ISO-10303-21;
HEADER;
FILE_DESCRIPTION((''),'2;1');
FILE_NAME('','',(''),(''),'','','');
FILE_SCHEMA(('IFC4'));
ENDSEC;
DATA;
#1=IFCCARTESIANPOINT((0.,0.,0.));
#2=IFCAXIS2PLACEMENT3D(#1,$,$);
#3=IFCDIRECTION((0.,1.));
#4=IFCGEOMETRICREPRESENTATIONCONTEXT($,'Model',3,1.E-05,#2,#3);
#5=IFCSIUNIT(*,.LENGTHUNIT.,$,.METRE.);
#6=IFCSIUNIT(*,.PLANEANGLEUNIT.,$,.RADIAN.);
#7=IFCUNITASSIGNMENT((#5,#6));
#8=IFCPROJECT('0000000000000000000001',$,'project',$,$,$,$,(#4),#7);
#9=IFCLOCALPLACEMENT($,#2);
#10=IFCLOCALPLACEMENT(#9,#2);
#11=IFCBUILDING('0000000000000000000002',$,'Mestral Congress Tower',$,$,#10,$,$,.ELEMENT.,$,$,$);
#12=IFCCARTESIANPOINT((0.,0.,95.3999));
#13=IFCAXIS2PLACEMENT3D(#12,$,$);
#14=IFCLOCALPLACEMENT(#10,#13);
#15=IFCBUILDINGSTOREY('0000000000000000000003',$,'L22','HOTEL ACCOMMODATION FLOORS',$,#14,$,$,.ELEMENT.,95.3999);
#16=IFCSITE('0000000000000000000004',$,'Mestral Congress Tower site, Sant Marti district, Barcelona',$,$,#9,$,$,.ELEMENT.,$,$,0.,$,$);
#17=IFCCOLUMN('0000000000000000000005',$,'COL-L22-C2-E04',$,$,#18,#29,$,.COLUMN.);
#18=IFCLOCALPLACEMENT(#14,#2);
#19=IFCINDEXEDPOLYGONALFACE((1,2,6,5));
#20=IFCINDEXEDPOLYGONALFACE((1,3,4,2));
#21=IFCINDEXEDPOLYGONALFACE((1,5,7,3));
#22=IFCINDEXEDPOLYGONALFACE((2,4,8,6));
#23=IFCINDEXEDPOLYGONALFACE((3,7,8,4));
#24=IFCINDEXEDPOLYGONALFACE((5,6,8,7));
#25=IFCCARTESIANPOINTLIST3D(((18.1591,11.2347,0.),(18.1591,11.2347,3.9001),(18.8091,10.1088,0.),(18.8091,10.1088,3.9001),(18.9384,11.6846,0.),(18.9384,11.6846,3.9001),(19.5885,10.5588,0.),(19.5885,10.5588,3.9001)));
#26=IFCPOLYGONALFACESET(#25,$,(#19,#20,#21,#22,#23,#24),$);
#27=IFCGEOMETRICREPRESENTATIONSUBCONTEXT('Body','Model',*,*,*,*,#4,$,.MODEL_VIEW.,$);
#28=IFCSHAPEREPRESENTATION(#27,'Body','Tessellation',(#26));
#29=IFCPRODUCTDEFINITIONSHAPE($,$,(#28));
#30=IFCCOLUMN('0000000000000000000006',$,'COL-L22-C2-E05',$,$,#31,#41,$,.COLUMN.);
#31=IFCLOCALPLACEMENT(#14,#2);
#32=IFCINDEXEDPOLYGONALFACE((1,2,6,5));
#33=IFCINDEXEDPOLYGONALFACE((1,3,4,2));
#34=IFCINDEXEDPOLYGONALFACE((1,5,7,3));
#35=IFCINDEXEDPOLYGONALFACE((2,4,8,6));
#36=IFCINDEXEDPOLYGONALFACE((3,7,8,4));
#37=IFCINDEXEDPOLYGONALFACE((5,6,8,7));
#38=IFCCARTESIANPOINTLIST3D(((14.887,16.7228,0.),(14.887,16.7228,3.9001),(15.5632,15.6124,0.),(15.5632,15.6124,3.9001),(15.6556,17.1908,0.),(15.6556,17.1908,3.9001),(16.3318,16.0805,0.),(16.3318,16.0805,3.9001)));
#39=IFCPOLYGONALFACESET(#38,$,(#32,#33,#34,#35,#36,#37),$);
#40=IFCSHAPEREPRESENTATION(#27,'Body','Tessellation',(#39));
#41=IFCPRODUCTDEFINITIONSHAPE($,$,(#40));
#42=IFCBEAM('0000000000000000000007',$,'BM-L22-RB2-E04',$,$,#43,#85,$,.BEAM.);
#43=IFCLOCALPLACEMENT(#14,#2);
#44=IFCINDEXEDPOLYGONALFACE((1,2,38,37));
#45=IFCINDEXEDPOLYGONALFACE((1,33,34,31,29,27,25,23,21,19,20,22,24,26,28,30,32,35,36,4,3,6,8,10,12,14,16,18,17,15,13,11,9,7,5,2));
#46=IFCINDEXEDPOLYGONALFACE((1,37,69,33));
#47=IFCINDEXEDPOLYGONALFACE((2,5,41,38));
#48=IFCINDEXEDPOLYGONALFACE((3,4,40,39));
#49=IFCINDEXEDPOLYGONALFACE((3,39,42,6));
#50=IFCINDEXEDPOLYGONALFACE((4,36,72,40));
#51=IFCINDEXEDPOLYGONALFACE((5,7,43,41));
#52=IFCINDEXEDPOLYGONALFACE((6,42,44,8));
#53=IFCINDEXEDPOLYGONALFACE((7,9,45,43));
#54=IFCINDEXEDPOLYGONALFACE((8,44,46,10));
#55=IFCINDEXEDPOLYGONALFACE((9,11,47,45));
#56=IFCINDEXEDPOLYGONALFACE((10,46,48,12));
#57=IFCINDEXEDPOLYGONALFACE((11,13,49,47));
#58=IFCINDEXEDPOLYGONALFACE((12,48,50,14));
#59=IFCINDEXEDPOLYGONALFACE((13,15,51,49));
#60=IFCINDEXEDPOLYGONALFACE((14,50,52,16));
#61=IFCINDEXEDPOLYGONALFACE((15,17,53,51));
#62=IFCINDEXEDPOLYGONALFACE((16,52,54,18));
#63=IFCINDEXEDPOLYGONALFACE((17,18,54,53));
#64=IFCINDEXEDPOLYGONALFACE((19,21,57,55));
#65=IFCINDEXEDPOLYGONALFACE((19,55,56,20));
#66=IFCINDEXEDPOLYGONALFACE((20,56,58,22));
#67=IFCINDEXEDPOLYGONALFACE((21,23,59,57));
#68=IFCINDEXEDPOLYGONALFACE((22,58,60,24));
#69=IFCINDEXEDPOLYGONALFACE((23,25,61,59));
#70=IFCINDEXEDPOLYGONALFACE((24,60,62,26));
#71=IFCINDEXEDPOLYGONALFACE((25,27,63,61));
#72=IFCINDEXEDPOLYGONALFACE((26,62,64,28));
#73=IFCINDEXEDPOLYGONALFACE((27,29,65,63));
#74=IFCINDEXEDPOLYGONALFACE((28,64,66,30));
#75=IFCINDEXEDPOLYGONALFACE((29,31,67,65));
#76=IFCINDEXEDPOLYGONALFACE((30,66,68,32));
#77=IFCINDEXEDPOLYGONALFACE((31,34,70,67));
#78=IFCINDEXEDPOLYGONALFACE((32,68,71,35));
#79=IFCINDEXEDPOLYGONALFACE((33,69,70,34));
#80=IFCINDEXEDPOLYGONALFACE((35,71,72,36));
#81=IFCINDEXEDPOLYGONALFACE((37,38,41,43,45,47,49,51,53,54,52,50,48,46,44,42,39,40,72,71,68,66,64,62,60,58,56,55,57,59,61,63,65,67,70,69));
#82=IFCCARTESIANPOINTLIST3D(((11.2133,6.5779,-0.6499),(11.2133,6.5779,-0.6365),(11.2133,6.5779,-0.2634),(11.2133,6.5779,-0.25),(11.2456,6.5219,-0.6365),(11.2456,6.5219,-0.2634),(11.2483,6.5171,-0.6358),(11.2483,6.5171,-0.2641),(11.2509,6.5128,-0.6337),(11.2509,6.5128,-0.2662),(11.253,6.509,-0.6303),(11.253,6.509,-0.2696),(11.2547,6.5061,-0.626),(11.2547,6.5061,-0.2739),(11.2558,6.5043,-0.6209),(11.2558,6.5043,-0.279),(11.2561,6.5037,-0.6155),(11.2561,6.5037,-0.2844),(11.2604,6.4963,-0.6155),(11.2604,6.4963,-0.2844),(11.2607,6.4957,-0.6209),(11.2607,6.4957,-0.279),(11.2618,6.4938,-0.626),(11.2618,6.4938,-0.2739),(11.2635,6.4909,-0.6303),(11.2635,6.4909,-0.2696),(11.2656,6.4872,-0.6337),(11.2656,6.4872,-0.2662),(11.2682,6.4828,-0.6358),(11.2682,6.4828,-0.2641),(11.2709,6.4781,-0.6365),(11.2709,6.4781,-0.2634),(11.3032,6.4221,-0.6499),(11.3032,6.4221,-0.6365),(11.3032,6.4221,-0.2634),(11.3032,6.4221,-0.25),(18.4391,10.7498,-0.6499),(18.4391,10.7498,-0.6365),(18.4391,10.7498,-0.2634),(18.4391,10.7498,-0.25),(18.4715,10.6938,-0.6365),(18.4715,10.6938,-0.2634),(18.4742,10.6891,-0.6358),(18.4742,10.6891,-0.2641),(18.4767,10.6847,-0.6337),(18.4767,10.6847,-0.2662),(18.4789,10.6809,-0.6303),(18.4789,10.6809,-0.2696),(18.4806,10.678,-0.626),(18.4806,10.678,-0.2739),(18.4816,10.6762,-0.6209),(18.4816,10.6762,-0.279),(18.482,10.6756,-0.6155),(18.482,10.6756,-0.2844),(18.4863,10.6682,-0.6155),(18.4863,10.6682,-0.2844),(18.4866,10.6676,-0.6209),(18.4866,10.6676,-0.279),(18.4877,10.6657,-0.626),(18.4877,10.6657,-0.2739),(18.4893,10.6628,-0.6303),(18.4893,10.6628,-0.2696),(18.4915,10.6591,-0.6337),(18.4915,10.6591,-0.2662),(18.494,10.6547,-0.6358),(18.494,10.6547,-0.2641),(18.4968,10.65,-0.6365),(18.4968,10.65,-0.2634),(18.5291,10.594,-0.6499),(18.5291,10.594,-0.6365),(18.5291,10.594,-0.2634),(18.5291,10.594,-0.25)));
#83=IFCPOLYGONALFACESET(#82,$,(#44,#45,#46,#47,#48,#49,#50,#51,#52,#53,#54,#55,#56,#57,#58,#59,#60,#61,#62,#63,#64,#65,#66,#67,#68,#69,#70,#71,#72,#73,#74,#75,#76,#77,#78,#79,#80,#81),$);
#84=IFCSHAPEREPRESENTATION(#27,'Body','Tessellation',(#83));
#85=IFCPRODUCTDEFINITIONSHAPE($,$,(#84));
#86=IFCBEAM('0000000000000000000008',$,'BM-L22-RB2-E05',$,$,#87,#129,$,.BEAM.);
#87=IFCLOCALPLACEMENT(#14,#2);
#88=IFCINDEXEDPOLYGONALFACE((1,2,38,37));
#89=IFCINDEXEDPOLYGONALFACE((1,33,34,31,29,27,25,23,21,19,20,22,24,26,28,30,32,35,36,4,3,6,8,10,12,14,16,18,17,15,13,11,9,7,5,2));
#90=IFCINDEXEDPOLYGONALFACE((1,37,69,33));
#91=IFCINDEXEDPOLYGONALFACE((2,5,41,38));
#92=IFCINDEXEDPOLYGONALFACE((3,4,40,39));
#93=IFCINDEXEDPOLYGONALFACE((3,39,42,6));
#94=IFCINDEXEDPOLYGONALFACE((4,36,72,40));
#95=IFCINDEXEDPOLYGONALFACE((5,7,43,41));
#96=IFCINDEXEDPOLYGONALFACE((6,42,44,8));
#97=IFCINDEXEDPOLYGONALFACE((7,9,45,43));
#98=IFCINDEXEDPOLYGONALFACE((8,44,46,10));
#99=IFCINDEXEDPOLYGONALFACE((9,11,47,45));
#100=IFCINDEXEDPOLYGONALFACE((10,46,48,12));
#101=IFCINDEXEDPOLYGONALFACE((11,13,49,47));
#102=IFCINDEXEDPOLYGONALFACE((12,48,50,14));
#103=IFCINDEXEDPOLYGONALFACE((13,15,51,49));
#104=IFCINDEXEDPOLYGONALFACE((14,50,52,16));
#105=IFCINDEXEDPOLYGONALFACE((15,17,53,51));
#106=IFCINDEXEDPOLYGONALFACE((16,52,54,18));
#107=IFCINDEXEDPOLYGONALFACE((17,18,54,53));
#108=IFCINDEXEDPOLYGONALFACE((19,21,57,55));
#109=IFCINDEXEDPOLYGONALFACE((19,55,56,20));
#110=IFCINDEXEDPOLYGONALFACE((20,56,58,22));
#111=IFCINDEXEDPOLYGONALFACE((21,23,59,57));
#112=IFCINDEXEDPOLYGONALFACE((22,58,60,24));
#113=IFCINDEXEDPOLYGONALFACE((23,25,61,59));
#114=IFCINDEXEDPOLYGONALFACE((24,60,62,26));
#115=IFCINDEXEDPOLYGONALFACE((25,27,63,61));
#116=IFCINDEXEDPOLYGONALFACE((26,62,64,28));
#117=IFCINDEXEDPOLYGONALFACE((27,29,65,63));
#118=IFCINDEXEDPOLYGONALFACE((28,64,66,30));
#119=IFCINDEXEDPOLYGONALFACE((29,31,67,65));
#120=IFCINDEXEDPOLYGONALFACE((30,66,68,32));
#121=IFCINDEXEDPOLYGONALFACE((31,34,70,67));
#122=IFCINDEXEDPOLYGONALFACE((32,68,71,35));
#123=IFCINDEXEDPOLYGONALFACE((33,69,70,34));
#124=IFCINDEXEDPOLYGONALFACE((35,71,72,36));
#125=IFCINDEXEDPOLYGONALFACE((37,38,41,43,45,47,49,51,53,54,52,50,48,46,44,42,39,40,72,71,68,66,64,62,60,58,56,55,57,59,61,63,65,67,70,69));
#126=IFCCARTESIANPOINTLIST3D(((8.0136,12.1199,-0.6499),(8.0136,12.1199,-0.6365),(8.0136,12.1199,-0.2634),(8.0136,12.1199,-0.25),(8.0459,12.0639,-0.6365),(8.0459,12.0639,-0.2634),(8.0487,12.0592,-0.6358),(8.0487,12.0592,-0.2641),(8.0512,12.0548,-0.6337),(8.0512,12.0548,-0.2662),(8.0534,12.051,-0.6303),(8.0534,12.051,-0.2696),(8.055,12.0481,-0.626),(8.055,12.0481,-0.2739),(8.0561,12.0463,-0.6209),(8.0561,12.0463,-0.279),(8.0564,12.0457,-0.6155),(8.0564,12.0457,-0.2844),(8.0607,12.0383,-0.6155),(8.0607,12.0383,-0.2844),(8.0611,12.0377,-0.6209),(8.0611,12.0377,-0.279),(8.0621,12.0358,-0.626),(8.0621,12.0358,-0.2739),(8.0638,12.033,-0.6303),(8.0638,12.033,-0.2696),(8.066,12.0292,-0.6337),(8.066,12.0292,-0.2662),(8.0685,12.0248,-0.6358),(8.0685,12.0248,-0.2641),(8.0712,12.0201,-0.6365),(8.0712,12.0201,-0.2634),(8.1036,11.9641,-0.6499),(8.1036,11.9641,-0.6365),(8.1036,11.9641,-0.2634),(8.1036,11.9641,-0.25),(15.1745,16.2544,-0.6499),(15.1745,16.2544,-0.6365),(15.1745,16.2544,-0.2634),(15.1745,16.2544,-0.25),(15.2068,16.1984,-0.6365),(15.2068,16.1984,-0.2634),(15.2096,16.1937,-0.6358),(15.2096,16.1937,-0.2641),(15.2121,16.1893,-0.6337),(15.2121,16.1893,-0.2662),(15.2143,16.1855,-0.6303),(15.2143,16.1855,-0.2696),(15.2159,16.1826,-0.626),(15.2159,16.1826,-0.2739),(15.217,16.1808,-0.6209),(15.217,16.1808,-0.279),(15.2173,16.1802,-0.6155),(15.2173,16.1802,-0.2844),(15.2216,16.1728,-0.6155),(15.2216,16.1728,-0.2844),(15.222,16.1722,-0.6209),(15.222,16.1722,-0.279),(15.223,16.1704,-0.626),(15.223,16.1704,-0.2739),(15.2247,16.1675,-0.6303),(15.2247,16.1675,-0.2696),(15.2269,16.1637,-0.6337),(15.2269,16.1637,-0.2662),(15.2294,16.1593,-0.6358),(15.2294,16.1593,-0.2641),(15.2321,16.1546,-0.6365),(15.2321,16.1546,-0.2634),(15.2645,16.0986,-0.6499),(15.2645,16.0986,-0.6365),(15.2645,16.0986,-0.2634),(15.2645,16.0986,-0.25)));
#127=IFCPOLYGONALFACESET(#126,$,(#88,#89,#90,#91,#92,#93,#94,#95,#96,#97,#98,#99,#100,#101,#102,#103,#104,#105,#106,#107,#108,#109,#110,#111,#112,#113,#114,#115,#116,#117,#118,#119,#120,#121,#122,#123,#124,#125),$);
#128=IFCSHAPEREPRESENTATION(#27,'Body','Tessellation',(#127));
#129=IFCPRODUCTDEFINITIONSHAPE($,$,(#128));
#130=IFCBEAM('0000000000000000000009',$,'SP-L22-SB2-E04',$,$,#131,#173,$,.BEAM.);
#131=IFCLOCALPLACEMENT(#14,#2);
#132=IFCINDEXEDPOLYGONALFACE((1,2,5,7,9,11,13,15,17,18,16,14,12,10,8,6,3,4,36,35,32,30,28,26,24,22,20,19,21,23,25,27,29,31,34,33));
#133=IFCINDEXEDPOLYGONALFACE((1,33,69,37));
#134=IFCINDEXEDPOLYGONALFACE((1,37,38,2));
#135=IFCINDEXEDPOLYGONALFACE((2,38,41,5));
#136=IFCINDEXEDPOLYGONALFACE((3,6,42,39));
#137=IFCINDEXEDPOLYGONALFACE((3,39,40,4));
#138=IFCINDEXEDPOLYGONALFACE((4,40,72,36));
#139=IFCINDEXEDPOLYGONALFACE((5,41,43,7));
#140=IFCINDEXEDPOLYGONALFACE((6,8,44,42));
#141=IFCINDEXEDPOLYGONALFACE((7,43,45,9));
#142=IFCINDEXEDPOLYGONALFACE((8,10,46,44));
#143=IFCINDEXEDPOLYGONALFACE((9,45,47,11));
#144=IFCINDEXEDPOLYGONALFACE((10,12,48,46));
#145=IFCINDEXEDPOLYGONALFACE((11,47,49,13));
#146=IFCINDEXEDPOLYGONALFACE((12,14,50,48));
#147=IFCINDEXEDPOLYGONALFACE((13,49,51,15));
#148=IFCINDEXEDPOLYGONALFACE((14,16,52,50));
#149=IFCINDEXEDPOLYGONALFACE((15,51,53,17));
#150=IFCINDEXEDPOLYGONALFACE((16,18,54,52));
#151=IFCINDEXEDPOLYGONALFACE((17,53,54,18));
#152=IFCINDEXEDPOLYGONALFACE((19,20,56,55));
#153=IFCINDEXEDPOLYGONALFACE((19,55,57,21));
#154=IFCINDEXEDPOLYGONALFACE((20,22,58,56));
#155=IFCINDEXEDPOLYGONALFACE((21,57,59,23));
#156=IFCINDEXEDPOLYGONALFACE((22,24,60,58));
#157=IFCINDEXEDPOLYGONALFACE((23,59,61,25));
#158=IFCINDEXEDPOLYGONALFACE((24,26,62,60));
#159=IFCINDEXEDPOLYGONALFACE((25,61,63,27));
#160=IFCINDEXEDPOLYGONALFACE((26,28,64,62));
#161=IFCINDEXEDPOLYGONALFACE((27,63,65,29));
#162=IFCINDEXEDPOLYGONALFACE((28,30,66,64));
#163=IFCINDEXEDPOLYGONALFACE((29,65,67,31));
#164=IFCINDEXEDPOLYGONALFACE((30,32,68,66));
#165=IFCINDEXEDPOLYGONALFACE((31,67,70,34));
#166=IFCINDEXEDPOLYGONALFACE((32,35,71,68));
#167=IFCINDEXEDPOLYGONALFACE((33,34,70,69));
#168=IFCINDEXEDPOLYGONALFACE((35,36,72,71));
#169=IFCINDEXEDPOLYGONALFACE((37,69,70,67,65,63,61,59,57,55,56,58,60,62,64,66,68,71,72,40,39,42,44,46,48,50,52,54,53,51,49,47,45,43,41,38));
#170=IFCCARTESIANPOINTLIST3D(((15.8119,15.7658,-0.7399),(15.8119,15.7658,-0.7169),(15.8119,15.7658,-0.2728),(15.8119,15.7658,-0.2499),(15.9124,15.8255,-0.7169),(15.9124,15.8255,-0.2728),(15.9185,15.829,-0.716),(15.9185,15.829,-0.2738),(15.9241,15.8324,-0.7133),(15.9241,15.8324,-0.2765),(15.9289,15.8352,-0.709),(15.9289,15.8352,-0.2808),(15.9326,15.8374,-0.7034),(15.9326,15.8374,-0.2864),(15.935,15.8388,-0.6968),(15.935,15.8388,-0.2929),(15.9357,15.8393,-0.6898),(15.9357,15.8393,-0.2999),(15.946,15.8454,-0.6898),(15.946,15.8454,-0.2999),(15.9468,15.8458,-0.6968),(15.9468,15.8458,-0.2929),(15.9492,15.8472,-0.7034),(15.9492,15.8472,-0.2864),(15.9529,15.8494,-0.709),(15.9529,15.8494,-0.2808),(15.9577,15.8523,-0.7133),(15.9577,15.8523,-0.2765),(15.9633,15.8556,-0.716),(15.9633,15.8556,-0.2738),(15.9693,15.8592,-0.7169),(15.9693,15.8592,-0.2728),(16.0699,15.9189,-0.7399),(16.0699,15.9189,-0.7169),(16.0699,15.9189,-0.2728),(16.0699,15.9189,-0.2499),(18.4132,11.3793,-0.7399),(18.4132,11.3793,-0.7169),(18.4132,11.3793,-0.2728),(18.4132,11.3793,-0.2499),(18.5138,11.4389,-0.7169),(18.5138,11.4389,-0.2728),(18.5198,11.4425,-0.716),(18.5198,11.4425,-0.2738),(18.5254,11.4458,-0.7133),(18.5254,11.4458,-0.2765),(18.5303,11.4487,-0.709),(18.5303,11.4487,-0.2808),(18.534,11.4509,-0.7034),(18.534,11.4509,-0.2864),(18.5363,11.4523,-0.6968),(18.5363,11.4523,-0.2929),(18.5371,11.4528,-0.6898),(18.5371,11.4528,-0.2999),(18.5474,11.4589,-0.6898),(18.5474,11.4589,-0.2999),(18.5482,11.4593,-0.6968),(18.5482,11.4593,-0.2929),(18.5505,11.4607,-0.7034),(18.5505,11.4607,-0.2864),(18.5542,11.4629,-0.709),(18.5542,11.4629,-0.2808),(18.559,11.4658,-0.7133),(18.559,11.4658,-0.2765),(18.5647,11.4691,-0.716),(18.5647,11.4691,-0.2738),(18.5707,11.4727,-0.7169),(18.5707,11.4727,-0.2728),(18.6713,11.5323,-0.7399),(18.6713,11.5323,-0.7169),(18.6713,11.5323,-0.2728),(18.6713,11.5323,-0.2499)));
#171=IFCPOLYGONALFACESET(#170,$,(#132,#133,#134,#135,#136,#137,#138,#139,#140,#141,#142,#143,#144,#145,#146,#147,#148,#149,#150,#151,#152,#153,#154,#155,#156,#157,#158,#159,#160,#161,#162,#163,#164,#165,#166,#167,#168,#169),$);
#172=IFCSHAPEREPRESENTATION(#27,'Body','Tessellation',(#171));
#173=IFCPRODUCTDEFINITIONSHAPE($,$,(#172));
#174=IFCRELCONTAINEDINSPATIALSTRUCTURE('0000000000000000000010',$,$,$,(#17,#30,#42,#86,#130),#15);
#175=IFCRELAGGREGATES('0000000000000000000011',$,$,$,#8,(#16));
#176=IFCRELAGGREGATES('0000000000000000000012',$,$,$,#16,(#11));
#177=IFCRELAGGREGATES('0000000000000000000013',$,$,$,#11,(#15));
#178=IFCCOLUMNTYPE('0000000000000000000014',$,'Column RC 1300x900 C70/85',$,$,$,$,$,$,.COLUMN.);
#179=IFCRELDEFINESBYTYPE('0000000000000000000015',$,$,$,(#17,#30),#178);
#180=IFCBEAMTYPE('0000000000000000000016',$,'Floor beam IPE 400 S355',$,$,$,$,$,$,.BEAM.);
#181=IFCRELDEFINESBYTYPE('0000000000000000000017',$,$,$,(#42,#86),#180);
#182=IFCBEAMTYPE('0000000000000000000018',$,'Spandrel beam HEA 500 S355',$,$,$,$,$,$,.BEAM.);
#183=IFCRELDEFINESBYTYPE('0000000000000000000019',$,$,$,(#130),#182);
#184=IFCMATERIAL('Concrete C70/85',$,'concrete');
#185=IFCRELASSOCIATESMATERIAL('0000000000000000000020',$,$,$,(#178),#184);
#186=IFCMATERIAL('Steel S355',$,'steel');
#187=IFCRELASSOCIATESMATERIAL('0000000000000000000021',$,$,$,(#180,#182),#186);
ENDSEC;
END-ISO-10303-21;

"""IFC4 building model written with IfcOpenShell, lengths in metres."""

from ifc_helpers import new_model, si_unit, direction, frame, origin, origin_2d, place, context, subcontext, project, spatial, rectangle, i_section, extrude, material, material_profile, profile_set, type_object, element, save


model = new_model("IFC4")

# Units and contexts
model_context = context("Model", 3, precision=1e-05, world=origin(), true_north=direction((0.0, 1.0)))
body_context = subcontext(model_context, "Body", "Model", "MODEL_VIEW")
ifc_project = project(units=[si_unit("LENGTHUNIT", "METRE"), si_unit("PLANEANGLEUNIT", "RADIAN")], contexts=[model_context])

# Site, building, storey
site_placement = place(None, origin())
site = spatial("IfcSite", under=ifc_project, at=site_placement, Name="Mestral Congress Tower site, Sant Marti district, Barcelona", CompositionType="ELEMENT", RefElevation=0.0)
building_placement = place(site_placement, origin())
building = spatial("IfcBuilding", under=site, at=building_placement, Name="Mestral Congress Tower", CompositionType="ELEMENT")
storey_placement = place(building_placement, frame((0.0, 0.0, 95.3999)))
storey = spatial("IfcBuildingStorey", under=building, at=storey_placement, Name="L22", Description="HOTEL ACCOMMODATION FLOORS", CompositionType="ELEMENT", Elevation=95.3999)

# Columns
ifc_material_1 = material(Name="Concrete C70/85", Category="concrete")
ifc_material_profile_1 = material_profile(ifc_material_1, rectangle(XDim=1.3, YDim=0.8999, at=origin_2d()), Name="RC 1300x900")
ifc_profile_set_1 = profile_set([ifc_material_profile_1], Name="Concrete C70/85")
column_type = type_object("IfcColumnType", Name="Column RC 1300x900 C70/85", PredefinedType="COLUMN", material=ifc_profile_set_1)
for number, where, z_axis, x_axis, name in (
    (1, (18.8738, 10.8967, 0.0), (0.0, 0.0, 1.0), (-0.5, 0.866025, 0.0), "COL-L22-C2-E04"),
    (2, (15.6094, 16.4016, 0.0), (0.0, 0.0, 1.0), (-0.520114, 0.854097, 0.0), "COL-L22-C2-E05"),
):
    element("IfcColumn", number, at=place(storey_placement, frame(where, z_axis=z_axis, x_axis=x_axis)), inside=storey, type_object=column_type, Name=name, PredefinedType="COLUMN", context=body_context, shape_type="SweptSolid", body=[
        extrude(rectangle(XDim=1.3, YDim=0.8999, at=origin_2d()), origin(), (0.0, 0.0, 1.0), 3.9001),
    ])

# Beams
ifc_material_2 = material(Name="Steel S355", Category="steel")
ifc_material_profile_2 = material_profile(ifc_material_2, i_section(OverallWidth=0.1799, OverallDepth=0.3999, WebThickness=0.0085, FlangeThickness=0.0134, FilletRadius=0.021, at=origin_2d()), Name="IPE 400")
ifc_profile_set_2 = profile_set([ifc_material_profile_2], Name="Steel S355")
beam_type_1 = type_object("IfcBeamType", Name="Floor beam IPE 400 S355", PredefinedType="BEAM", material=ifc_profile_set_2)
beam_1_placement = place(storey_placement, frame((18.4841, 10.6719, -0.45), z_axis=(-0.866023, -0.500004, 0.0), x_axis=(0.500004, -0.866023, 0.0)))
element("IfcBeam", 3, at=beam_1_placement, inside=storey, type_object=beam_type_1, Name="BM-L22-RB2-E04", PredefinedType="BEAM", context=body_context, shape_type="SweptSolid", body=[
    extrude(i_section(OverallWidth=0.1799, OverallDepth=0.3999, WebThickness=0.0085, FlangeThickness=0.0134, FilletRadius=0.021, at=origin_2d()), origin(), (0.0, 0.0, 1.0), 8.3438),
])
beam_2_placement = place(storey_placement, frame((15.2195, 16.1765, -0.45), z_axis=(-0.866016, -0.500016, 0.0), x_axis=(0.500016, -0.866016, 0.0)))
element("IfcBeam", 4, at=beam_2_placement, inside=storey, type_object=beam_type_1, Name="BM-L22-RB2-E05", PredefinedType="BEAM", context=body_context, shape_type="SweptSolid", body=[
    extrude(i_section(OverallWidth=0.1799, OverallDepth=0.3999, WebThickness=0.0085, FlangeThickness=0.0134, FilletRadius=0.021, at=origin_2d()), origin(), (0.0, 0.0, 1.0), 8.2688),
])
ifc_material_profile_3 = material_profile(ifc_material_2, i_section(OverallWidth=0.3, OverallDepth=0.49, WebThickness=0.012, FlangeThickness=0.0229, FilletRadius=0.0271, at=origin_2d()), Name="HEA 500")
ifc_profile_set_3 = profile_set([ifc_material_profile_3], Name="Steel S355")
beam_type_2 = type_object("IfcBeamType", Name="Spandrel beam HEA 500 S355", PredefinedType="BEAM", material=ifc_profile_set_3)
for number, where, z_axis, x_axis, name in (
    (5, (18.5422, 11.4558, -0.4949), (-0.510082, 0.860126, 0.0), (-0.860126, -0.510082, 0.0), "SP-L22-SB2-E04"),
):
    element("IfcBeam", number, at=place(storey_placement, frame(where, z_axis=z_axis, x_axis=x_axis)), inside=storey, type_object=beam_type_2, Name=name, PredefinedType="BEAM", context=body_context, shape_type="SweptSolid", body=[
        extrude(i_section(OverallWidth=0.3, OverallDepth=0.49, WebThickness=0.012, FlangeThickness=0.0229, FilletRadius=0.0271, at=origin_2d()), origin(), (0.0, 0.0, 1.0), 5.0999),
    ])

save(model, "model.ifc")
